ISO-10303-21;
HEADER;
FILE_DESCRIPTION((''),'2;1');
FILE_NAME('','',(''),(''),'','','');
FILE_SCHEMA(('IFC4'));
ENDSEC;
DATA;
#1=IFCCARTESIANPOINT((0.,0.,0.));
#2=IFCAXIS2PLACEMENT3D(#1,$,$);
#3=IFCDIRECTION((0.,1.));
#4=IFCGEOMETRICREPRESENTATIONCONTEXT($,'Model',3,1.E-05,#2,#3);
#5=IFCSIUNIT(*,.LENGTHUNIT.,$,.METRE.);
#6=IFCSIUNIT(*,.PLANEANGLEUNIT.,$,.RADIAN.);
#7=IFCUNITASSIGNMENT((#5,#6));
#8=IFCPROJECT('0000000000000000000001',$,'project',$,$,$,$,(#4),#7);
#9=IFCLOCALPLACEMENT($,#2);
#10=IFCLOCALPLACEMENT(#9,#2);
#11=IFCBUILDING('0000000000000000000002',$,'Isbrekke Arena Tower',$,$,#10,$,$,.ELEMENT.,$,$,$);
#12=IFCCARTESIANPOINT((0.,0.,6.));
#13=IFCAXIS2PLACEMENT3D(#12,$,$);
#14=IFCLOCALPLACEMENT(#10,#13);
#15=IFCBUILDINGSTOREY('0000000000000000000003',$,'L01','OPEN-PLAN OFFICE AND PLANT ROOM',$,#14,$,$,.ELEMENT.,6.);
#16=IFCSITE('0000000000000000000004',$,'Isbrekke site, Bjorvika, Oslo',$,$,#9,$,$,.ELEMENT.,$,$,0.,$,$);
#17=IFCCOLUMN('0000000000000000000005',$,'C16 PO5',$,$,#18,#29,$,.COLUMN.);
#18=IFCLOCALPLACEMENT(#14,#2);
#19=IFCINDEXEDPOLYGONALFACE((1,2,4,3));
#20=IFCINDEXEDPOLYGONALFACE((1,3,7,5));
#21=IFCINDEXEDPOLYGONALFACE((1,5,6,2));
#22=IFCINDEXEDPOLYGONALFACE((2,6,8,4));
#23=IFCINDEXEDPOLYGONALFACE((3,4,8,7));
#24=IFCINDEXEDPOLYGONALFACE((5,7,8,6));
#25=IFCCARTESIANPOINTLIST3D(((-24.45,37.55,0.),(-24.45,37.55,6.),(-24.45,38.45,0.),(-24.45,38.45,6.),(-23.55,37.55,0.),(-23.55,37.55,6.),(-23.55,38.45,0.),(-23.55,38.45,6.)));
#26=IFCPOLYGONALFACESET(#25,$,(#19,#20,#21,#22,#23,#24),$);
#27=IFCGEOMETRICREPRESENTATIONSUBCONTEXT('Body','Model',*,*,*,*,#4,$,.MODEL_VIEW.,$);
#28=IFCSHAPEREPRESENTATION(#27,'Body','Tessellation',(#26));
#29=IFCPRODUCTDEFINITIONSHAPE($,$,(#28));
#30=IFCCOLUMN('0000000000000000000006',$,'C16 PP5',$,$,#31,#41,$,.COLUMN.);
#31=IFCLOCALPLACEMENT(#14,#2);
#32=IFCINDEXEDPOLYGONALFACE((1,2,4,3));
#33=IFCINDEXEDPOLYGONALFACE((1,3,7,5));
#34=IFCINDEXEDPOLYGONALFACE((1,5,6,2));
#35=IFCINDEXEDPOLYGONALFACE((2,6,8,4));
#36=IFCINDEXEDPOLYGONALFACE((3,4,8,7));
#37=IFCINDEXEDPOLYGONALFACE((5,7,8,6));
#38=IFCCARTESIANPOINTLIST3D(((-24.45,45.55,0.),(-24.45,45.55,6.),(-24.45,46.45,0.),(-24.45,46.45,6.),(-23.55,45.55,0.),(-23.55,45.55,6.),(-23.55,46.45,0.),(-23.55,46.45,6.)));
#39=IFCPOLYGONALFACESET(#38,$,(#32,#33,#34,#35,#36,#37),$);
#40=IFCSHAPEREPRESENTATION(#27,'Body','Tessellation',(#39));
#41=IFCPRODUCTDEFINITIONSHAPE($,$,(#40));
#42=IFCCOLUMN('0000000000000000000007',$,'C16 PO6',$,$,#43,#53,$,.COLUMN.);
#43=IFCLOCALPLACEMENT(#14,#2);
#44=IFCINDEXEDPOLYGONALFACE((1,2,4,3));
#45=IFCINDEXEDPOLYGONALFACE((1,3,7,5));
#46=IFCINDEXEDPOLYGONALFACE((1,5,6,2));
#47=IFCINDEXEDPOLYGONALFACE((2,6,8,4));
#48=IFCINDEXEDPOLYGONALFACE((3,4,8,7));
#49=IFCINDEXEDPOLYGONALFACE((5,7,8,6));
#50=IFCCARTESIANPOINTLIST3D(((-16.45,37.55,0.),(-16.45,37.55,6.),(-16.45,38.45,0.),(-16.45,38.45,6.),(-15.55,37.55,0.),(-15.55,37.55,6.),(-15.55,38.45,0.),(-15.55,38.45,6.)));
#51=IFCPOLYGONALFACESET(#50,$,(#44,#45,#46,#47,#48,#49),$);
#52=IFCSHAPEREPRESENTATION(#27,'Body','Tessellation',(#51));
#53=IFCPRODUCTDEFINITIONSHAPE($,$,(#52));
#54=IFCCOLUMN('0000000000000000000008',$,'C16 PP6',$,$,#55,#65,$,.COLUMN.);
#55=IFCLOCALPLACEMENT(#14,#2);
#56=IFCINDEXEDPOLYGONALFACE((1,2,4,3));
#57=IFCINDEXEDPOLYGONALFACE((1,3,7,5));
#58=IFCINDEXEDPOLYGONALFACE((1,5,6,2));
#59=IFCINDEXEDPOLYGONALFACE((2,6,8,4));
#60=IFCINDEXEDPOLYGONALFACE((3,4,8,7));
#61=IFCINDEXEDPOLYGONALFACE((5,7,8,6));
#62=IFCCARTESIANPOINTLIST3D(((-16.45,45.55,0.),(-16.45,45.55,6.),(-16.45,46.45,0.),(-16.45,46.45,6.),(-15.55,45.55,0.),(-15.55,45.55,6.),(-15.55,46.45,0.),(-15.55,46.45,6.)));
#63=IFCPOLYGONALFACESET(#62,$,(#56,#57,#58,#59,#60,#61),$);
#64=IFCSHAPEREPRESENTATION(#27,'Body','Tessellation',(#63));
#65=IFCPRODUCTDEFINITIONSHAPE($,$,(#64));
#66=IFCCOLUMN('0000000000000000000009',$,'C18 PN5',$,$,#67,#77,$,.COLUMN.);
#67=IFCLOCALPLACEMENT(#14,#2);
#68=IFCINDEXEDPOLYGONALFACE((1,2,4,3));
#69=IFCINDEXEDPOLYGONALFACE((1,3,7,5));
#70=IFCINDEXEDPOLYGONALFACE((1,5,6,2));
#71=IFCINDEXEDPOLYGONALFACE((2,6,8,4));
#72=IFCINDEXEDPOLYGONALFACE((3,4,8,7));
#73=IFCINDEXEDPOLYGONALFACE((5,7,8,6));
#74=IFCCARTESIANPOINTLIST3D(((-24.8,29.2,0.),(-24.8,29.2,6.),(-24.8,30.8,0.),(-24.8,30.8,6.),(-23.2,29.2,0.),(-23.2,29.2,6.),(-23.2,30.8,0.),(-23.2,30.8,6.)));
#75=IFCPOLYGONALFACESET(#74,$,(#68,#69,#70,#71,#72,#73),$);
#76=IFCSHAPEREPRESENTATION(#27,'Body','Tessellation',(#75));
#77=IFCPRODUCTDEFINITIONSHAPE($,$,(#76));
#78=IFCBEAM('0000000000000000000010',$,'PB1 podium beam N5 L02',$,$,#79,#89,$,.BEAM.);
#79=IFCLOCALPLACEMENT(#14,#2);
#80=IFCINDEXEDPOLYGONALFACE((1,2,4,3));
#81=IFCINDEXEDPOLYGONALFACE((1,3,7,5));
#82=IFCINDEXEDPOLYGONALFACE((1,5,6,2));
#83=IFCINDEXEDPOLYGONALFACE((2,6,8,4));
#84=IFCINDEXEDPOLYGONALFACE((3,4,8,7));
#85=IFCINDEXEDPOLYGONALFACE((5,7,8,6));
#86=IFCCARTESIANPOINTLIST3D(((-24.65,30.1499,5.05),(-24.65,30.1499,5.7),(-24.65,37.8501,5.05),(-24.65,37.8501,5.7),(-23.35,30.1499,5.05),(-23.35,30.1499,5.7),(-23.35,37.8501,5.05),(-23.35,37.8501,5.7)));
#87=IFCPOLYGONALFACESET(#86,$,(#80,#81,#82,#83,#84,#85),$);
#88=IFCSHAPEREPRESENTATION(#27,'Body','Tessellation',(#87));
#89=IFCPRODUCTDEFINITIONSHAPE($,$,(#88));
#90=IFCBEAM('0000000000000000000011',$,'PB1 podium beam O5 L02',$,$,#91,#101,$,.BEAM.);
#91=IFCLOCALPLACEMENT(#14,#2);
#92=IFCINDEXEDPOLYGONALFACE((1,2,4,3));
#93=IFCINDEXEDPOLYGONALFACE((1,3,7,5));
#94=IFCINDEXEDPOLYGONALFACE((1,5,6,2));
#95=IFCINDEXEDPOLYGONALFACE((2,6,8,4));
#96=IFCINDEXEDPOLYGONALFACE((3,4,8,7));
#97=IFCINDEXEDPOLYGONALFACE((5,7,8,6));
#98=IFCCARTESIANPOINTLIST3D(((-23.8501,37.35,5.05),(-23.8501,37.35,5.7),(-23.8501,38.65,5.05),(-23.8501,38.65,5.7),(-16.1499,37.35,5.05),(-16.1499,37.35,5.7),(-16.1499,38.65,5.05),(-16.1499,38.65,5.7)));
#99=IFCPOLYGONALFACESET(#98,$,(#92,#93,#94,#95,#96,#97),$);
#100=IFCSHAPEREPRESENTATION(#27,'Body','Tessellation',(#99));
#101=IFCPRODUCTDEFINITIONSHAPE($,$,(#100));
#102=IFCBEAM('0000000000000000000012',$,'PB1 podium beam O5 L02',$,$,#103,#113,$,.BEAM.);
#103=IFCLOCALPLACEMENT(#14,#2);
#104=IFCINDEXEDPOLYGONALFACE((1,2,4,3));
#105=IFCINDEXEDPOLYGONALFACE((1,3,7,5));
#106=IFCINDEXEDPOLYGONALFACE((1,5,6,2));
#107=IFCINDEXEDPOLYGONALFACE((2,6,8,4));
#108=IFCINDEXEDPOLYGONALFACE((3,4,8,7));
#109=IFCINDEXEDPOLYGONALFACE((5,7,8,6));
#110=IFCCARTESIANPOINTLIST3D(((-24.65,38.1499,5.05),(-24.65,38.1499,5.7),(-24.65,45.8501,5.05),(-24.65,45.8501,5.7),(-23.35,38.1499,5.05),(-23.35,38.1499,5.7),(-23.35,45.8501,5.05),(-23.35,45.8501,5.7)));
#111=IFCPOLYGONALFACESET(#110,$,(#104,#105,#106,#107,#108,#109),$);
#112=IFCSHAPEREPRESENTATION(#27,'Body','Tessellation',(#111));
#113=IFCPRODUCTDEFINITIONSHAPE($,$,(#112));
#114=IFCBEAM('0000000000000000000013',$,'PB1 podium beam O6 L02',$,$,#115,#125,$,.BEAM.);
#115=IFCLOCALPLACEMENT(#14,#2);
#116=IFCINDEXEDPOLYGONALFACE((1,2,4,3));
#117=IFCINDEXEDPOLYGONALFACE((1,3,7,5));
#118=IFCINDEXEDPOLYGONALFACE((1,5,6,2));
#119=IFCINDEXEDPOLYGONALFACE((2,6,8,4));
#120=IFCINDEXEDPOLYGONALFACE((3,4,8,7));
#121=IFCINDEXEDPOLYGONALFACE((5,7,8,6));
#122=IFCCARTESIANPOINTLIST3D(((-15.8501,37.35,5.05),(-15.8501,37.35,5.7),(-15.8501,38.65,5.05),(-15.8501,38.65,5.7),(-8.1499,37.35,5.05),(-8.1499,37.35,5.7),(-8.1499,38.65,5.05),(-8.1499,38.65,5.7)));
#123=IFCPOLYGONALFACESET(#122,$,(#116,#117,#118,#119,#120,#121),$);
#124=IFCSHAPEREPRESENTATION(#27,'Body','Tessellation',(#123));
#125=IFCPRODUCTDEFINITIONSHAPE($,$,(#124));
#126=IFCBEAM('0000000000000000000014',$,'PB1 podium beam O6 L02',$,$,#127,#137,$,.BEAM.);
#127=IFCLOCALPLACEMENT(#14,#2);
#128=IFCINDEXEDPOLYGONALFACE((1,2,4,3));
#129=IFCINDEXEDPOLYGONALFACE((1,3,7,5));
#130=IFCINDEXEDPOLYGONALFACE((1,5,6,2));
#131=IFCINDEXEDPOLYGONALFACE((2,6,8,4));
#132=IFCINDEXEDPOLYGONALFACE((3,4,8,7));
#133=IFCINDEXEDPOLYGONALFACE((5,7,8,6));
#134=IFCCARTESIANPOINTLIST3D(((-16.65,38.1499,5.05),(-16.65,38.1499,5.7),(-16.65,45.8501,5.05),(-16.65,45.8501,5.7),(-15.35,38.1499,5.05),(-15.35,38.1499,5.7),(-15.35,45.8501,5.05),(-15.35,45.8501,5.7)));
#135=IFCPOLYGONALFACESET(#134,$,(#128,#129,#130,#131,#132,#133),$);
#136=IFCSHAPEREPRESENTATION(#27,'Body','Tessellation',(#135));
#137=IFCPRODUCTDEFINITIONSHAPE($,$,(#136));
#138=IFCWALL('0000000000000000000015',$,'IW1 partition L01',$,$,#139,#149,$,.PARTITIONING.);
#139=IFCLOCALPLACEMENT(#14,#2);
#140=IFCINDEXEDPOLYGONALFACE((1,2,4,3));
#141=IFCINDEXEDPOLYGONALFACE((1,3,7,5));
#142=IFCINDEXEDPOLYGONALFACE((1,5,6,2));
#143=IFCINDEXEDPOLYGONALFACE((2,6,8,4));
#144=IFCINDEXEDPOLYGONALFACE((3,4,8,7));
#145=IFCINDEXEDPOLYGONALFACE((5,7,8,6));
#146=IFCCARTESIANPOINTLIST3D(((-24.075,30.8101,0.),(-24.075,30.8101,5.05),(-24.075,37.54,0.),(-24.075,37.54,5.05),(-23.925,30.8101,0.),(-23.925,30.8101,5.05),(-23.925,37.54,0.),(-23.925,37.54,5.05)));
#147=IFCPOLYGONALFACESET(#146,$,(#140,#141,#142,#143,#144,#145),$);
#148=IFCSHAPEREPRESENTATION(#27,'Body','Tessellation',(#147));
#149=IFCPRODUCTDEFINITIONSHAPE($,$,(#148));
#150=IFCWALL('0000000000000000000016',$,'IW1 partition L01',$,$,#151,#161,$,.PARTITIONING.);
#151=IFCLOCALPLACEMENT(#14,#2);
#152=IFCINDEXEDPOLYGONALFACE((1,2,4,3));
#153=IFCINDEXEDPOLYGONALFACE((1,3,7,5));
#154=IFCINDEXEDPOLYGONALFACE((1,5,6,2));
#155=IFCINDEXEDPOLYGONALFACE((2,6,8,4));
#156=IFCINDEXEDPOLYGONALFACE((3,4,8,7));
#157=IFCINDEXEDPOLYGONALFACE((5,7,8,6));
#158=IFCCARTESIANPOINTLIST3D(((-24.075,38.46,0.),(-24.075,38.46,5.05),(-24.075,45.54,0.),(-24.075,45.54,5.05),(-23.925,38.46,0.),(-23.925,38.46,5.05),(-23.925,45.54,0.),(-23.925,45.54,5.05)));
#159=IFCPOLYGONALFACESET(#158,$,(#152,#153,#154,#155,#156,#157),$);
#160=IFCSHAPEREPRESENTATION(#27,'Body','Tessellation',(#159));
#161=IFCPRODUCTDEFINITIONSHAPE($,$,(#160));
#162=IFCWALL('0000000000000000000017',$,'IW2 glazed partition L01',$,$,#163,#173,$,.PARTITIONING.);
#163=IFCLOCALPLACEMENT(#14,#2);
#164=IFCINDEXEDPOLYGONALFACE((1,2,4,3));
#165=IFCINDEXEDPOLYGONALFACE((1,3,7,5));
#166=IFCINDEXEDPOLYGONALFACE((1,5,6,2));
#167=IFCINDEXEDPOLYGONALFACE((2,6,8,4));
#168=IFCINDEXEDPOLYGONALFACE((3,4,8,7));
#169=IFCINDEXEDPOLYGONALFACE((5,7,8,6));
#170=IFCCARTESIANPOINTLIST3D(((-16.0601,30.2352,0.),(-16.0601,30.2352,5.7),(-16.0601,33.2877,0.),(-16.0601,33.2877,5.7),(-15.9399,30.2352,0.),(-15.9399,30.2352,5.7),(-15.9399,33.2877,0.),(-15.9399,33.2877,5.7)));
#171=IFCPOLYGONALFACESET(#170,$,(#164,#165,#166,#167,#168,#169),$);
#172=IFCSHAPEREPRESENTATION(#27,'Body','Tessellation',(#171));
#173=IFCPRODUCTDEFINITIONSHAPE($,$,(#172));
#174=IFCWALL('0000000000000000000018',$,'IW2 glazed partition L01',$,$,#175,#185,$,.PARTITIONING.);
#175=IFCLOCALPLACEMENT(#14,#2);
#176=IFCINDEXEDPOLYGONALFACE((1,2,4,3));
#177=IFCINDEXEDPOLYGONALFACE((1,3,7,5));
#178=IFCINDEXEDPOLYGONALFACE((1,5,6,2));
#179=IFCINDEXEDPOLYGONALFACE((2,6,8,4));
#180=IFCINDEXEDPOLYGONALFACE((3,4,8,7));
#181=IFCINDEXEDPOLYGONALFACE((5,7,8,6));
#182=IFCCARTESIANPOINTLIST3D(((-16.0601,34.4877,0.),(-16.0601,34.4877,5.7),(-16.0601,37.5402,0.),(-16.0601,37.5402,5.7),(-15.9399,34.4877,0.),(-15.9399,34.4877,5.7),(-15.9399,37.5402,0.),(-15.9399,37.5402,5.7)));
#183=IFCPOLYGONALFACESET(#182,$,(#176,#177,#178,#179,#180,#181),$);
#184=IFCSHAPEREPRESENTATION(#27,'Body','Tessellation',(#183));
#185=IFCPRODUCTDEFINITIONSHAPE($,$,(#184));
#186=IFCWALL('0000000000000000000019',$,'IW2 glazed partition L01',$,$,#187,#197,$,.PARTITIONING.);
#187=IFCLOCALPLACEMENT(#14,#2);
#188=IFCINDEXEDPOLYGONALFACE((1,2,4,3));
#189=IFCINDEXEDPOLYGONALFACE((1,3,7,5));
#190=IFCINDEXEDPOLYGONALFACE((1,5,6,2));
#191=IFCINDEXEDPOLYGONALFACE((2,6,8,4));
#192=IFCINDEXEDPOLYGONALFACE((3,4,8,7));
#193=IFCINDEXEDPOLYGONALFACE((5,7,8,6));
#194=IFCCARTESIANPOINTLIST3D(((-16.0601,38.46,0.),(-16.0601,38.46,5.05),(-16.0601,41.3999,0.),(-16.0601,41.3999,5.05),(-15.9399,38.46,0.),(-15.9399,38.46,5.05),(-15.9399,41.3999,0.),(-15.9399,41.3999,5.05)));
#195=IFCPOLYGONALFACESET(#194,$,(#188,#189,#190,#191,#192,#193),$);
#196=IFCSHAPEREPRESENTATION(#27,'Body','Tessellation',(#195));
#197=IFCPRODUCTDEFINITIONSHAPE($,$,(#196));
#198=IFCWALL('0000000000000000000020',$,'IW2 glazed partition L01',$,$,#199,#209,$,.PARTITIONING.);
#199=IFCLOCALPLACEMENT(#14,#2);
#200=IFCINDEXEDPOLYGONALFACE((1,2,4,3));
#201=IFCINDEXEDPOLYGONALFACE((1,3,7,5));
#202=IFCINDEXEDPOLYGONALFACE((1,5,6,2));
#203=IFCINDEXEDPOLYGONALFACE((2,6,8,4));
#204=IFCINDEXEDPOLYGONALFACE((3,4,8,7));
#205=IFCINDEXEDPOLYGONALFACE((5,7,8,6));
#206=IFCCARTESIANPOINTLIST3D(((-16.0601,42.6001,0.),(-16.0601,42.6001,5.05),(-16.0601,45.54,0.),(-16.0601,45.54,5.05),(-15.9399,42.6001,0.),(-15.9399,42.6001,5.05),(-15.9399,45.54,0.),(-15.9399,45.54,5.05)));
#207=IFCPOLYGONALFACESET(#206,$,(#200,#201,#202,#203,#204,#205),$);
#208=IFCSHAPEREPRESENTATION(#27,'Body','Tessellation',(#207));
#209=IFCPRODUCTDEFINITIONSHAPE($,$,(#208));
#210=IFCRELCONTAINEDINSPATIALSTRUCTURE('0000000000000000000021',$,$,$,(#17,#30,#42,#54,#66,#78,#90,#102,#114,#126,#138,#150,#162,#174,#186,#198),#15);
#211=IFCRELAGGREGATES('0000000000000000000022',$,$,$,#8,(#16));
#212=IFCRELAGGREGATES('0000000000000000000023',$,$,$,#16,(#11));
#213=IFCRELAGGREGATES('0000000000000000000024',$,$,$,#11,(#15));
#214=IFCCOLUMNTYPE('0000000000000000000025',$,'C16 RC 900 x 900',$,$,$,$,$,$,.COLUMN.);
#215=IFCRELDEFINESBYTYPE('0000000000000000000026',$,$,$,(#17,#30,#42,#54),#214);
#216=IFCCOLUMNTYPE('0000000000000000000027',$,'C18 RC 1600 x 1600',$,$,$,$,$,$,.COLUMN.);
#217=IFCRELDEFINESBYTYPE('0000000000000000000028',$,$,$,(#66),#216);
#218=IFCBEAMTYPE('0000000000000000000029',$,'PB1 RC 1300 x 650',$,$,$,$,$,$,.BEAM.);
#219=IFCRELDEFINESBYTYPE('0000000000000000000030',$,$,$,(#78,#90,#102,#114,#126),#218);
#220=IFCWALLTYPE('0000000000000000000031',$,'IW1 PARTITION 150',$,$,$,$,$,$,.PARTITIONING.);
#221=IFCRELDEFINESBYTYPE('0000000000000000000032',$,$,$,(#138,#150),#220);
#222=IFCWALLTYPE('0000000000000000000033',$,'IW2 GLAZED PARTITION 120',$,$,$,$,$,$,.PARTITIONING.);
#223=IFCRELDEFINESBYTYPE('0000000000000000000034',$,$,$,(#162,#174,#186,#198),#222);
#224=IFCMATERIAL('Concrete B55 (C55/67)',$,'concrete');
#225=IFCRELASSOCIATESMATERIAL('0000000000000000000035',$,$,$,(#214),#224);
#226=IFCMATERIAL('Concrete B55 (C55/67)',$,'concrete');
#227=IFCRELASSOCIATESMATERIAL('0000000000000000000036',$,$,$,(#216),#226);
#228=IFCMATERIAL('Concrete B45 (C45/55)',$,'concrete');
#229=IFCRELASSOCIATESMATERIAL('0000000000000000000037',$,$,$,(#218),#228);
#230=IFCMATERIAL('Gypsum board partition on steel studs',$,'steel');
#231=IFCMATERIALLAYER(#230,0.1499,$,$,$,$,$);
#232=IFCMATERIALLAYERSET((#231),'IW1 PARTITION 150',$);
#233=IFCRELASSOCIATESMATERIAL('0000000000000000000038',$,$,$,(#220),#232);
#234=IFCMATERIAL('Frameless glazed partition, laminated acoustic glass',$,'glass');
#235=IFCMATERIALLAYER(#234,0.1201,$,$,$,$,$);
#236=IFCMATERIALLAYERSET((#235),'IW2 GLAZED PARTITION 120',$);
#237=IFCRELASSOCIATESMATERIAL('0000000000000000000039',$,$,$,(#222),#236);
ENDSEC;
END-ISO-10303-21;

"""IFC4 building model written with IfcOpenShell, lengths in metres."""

from ifc_helpers import new_model, si_unit, direction, frame, frame_2d, origin, origin_2d, place, context, subcontext, project, spatial, rectangle, extrude, material, layer, layer_set, material_profile, profile_set, type_object, element, save


model = new_model("IFC4")

# Units and contexts
model_context = context("Model", 3, precision=1e-05, world=origin(), true_north=direction((0.0, 1.0)))
body_context = subcontext(model_context, "Body", "Model", "MODEL_VIEW")
ifc_project = project(units=[si_unit("LENGTHUNIT", "METRE"), si_unit("PLANEANGLEUNIT", "RADIAN")], contexts=[model_context])

# Site, building, storey
site_placement = place(None, origin())
site = spatial("IfcSite", under=ifc_project, at=site_placement, Name="Isbrekke site, Bjorvika, Oslo", CompositionType="ELEMENT", RefElevation=0.0)
building_placement = place(site_placement, origin())
building = spatial("IfcBuilding", under=site, at=building_placement, Name="Isbrekke Arena Tower", CompositionType="ELEMENT")
storey_placement = place(building_placement, frame((0.0, 0.0, 6.0)))
storey = spatial("IfcBuildingStorey", under=building, at=storey_placement, Name="L01", Description="OPEN-PLAN OFFICE AND PLANT ROOM", CompositionType="ELEMENT", Elevation=6.0)

# Columns
ifc_material_1 = material(Name="Concrete B55 (C55/67)", Category="concrete")
ifc_material_profile_1 = material_profile(ifc_material_1, rectangle(XDim=0.8999, YDim=0.8999, at=origin_2d()), Name="RC 900x900")
ifc_profile_set_1 = profile_set([ifc_material_profile_1], Name="Concrete B55 (C55/67)")
column_type_1 = type_object("IfcColumnType", Name="C16 RC 900 x 900", PredefinedType="COLUMN", material=ifc_profile_set_1)
for number, where, z_axis, x_axis, name in (
    (1, (-24.0, 38.0, 0.0), (0.0, 0.0, 1.0), (1.0, 0.0, 0.0), "C16 PO5"),
    (2, (-24.0, 46.0, 0.0), (0.0, 0.0, 1.0), (1.0, 0.0, 0.0), "C16 PP5"),
    (3, (-16.0, 38.0, 0.0), (0.0, 0.0, 1.0), (1.0, 0.0, 0.0), "C16 PO6"),
    (4, (-16.0, 46.0, 0.0), (0.0, 0.0, 1.0), (1.0, 0.0, 0.0), "C16 PP6"),
):
    element("IfcColumn", number, at=place(storey_placement, frame(where, z_axis=z_axis, x_axis=x_axis)), inside=storey, type_object=column_type_1, Name=name, PredefinedType="COLUMN", context=body_context, shape_type="SweptSolid", body=[
        extrude(rectangle(XDim=0.8999, YDim=0.8999, at=origin_2d()), origin(), (0.0, 0.0, 1.0), 6.0),
    ])
ifc_material_2 = material(Name="Concrete B55 (C55/67)", Category="concrete")
ifc_material_profile_2 = material_profile(ifc_material_2, rectangle(XDim=1.6001, YDim=1.6001, at=origin_2d()), Name="RC 1600x1600")
ifc_profile_set_2 = profile_set([ifc_material_profile_2], Name="Concrete B55 (C55/67)")
column_type_2 = type_object("IfcColumnType", Name="C18 RC 1600 x 1600", PredefinedType="COLUMN", material=ifc_profile_set_2)
column_placement = place(storey_placement, frame((-24.0, 30.0, 0.0), z_axis=(0.0, 0.0, 1.0), x_axis=(1.0, 0.0, 0.0)))
element("IfcColumn", 5, at=column_placement, inside=storey, type_object=column_type_2, Name="C18 PN5", PredefinedType="COLUMN", context=body_context, shape_type="SweptSolid", body=[
    extrude(rectangle(XDim=1.6001, YDim=1.6001, at=origin_2d()), origin(), (0.0, 0.0, 1.0), 6.0),
])

# Beams
ifc_material_3 = material(Name="Concrete B45 (C45/55)", Category="concrete")
ifc_material_profile_3 = material_profile(ifc_material_3, rectangle(XDim=1.3, YDim=0.6499, at=origin_2d()), Name="RC 1300x650")
ifc_profile_set_3 = profile_set([ifc_material_profile_3], Name="Concrete B45 (C45/55)")
beam_type = type_object("IfcBeamType", Name="PB1 RC 1300 x 650", PredefinedType="BEAM", material=ifc_profile_set_3)
for number, where, z_axis, x_axis, name in (
    (6, (-24.0, 30.1499, 5.375), (0.0, 1.0, 0.0), (-1.0, 0.0, 0.0), "PB1 podium beam N5 L02"),
    (7, (-23.8501, 38.0, 5.375), (1.0, 0.0, 0.0), (0.0, 1.0, 0.0), "PB1 podium beam O5 L02"),
    (8, (-24.0, 38.1499, 5.375), (0.0, 1.0, 0.0), (-1.0, 0.0, 0.0), "PB1 podium beam O5 L02"),
    (9, (-15.8501, 38.0, 5.375), (1.0, 0.0, 0.0), (0.0, 1.0, 0.0), "PB1 podium beam O6 L02"),
    (10, (-16.0, 38.1499, 5.375), (0.0, 1.0, 0.0), (-1.0, 0.0, 0.0), "PB1 podium beam O6 L02"),
):
    element("IfcBeam", number, at=place(storey_placement, frame(where, z_axis=z_axis, x_axis=x_axis)), inside=storey, type_object=beam_type, Name=name, PredefinedType="BEAM", context=body_context, shape_type="SweptSolid", body=[
        extrude(rectangle(XDim=1.3, YDim=0.6499, at=origin_2d()), origin(), (0.0, 0.0, 1.0), 7.7002),
    ])

# Walls
ifc_material_4 = material(Name="Gypsum board partition on steel studs", Category="steel")
ifc_layer_1 = layer(ifc_material_4, 0.1499)
ifc_layer_set_1 = layer_set([ifc_layer_1], Name="IW1 PARTITION 150")
wall_type_1 = type_object("IfcWallType", Name="IW1 PARTITION 150", PredefinedType="PARTITIONING", material=ifc_layer_set_1)
wall_1_placement = place(storey_placement, frame((-24.0, 30.8101, 0.0), z_axis=(0.0, 0.0, 1.0), x_axis=(0.0, 1.0, 0.0)))
element("IfcWall", 11, at=wall_1_placement, inside=storey, type_object=wall_type_1, Name="IW1 partition L01", PredefinedType="PARTITIONING", context=body_context, shape_type="SweptSolid", body=[
    extrude(rectangle(XDim=6.73, YDim=0.1499, at=frame_2d((3.365, 0.0))), origin(), (0.0, 0.0, 1.0), 5.05),
])
wall_2_placement = place(storey_placement, frame((-24.0, 38.46, 0.0), z_axis=(0.0, 0.0, 1.0), x_axis=(0.0, 1.0, 0.0)))
element("IfcWall", 12, at=wall_2_placement, inside=storey, type_object=wall_type_1, Name="IW1 partition L01", PredefinedType="PARTITIONING", context=body_context, shape_type="SweptSolid", body=[
    extrude(rectangle(XDim=7.0801, YDim=0.1499, at=frame_2d((3.54, 0.0))), origin(), (0.0, 0.0, 1.0), 5.05),
])
ifc_material_5 = material(Name="Frameless glazed partition, laminated acoustic glass", Category="glass")
ifc_layer_2 = layer(ifc_material_5, 0.1201)
ifc_layer_set_2 = layer_set([ifc_layer_2], Name="IW2 GLAZED PARTITION 120")
wall_type_2 = type_object("IfcWallType", Name="IW2 GLAZED PARTITION 120", PredefinedType="PARTITIONING", material=ifc_layer_set_2)
for number, where, z_axis, x_axis, name in (
    (13, (-16.0, 30.2351, 0.0), (0.0, 0.0, 1.0), (0.0, 1.0, 0.0), "IW2 glazed partition L01"),
    (14, (-16.0, 34.4875, 0.0), (0.0, 0.0, 1.0), (0.0, 1.0, 0.0), "IW2 glazed partition L01"),
):
    element("IfcWall", number, at=place(storey_placement, frame(where, z_axis=z_axis, x_axis=x_axis)), inside=storey, type_object=wall_type_2, Name=name, PredefinedType="PARTITIONING", context=body_context, shape_type="SweptSolid", body=[
        extrude(rectangle(XDim=3.0525, YDim=0.1201, at=frame_2d((1.5264, 0.0))), origin(), (0.0, 0.0, 1.0), 5.7),
    ])
for number, where, z_axis, x_axis, name in (
    (15, (-16.0, 38.46, 0.0), (0.0, 0.0, 1.0), (0.0, 1.0, 0.0), "IW2 glazed partition L01"),
    (16, (-16.0, 42.6001, 0.0), (0.0, 0.0, 1.0), (0.0, 1.0, 0.0), "IW2 glazed partition L01"),
):
    element("IfcWall", number, at=place(storey_placement, frame(where, z_axis=z_axis, x_axis=x_axis)), inside=storey, type_object=wall_type_2, Name=name, PredefinedType="PARTITIONING", context=body_context, shape_type="SweptSolid", body=[
        extrude(rectangle(XDim=2.9399, YDim=0.1201, at=frame_2d((1.47, 0.0))), origin(), (0.0, 0.0, 1.0), 5.05),
    ])

save(model, "model.ifc")
